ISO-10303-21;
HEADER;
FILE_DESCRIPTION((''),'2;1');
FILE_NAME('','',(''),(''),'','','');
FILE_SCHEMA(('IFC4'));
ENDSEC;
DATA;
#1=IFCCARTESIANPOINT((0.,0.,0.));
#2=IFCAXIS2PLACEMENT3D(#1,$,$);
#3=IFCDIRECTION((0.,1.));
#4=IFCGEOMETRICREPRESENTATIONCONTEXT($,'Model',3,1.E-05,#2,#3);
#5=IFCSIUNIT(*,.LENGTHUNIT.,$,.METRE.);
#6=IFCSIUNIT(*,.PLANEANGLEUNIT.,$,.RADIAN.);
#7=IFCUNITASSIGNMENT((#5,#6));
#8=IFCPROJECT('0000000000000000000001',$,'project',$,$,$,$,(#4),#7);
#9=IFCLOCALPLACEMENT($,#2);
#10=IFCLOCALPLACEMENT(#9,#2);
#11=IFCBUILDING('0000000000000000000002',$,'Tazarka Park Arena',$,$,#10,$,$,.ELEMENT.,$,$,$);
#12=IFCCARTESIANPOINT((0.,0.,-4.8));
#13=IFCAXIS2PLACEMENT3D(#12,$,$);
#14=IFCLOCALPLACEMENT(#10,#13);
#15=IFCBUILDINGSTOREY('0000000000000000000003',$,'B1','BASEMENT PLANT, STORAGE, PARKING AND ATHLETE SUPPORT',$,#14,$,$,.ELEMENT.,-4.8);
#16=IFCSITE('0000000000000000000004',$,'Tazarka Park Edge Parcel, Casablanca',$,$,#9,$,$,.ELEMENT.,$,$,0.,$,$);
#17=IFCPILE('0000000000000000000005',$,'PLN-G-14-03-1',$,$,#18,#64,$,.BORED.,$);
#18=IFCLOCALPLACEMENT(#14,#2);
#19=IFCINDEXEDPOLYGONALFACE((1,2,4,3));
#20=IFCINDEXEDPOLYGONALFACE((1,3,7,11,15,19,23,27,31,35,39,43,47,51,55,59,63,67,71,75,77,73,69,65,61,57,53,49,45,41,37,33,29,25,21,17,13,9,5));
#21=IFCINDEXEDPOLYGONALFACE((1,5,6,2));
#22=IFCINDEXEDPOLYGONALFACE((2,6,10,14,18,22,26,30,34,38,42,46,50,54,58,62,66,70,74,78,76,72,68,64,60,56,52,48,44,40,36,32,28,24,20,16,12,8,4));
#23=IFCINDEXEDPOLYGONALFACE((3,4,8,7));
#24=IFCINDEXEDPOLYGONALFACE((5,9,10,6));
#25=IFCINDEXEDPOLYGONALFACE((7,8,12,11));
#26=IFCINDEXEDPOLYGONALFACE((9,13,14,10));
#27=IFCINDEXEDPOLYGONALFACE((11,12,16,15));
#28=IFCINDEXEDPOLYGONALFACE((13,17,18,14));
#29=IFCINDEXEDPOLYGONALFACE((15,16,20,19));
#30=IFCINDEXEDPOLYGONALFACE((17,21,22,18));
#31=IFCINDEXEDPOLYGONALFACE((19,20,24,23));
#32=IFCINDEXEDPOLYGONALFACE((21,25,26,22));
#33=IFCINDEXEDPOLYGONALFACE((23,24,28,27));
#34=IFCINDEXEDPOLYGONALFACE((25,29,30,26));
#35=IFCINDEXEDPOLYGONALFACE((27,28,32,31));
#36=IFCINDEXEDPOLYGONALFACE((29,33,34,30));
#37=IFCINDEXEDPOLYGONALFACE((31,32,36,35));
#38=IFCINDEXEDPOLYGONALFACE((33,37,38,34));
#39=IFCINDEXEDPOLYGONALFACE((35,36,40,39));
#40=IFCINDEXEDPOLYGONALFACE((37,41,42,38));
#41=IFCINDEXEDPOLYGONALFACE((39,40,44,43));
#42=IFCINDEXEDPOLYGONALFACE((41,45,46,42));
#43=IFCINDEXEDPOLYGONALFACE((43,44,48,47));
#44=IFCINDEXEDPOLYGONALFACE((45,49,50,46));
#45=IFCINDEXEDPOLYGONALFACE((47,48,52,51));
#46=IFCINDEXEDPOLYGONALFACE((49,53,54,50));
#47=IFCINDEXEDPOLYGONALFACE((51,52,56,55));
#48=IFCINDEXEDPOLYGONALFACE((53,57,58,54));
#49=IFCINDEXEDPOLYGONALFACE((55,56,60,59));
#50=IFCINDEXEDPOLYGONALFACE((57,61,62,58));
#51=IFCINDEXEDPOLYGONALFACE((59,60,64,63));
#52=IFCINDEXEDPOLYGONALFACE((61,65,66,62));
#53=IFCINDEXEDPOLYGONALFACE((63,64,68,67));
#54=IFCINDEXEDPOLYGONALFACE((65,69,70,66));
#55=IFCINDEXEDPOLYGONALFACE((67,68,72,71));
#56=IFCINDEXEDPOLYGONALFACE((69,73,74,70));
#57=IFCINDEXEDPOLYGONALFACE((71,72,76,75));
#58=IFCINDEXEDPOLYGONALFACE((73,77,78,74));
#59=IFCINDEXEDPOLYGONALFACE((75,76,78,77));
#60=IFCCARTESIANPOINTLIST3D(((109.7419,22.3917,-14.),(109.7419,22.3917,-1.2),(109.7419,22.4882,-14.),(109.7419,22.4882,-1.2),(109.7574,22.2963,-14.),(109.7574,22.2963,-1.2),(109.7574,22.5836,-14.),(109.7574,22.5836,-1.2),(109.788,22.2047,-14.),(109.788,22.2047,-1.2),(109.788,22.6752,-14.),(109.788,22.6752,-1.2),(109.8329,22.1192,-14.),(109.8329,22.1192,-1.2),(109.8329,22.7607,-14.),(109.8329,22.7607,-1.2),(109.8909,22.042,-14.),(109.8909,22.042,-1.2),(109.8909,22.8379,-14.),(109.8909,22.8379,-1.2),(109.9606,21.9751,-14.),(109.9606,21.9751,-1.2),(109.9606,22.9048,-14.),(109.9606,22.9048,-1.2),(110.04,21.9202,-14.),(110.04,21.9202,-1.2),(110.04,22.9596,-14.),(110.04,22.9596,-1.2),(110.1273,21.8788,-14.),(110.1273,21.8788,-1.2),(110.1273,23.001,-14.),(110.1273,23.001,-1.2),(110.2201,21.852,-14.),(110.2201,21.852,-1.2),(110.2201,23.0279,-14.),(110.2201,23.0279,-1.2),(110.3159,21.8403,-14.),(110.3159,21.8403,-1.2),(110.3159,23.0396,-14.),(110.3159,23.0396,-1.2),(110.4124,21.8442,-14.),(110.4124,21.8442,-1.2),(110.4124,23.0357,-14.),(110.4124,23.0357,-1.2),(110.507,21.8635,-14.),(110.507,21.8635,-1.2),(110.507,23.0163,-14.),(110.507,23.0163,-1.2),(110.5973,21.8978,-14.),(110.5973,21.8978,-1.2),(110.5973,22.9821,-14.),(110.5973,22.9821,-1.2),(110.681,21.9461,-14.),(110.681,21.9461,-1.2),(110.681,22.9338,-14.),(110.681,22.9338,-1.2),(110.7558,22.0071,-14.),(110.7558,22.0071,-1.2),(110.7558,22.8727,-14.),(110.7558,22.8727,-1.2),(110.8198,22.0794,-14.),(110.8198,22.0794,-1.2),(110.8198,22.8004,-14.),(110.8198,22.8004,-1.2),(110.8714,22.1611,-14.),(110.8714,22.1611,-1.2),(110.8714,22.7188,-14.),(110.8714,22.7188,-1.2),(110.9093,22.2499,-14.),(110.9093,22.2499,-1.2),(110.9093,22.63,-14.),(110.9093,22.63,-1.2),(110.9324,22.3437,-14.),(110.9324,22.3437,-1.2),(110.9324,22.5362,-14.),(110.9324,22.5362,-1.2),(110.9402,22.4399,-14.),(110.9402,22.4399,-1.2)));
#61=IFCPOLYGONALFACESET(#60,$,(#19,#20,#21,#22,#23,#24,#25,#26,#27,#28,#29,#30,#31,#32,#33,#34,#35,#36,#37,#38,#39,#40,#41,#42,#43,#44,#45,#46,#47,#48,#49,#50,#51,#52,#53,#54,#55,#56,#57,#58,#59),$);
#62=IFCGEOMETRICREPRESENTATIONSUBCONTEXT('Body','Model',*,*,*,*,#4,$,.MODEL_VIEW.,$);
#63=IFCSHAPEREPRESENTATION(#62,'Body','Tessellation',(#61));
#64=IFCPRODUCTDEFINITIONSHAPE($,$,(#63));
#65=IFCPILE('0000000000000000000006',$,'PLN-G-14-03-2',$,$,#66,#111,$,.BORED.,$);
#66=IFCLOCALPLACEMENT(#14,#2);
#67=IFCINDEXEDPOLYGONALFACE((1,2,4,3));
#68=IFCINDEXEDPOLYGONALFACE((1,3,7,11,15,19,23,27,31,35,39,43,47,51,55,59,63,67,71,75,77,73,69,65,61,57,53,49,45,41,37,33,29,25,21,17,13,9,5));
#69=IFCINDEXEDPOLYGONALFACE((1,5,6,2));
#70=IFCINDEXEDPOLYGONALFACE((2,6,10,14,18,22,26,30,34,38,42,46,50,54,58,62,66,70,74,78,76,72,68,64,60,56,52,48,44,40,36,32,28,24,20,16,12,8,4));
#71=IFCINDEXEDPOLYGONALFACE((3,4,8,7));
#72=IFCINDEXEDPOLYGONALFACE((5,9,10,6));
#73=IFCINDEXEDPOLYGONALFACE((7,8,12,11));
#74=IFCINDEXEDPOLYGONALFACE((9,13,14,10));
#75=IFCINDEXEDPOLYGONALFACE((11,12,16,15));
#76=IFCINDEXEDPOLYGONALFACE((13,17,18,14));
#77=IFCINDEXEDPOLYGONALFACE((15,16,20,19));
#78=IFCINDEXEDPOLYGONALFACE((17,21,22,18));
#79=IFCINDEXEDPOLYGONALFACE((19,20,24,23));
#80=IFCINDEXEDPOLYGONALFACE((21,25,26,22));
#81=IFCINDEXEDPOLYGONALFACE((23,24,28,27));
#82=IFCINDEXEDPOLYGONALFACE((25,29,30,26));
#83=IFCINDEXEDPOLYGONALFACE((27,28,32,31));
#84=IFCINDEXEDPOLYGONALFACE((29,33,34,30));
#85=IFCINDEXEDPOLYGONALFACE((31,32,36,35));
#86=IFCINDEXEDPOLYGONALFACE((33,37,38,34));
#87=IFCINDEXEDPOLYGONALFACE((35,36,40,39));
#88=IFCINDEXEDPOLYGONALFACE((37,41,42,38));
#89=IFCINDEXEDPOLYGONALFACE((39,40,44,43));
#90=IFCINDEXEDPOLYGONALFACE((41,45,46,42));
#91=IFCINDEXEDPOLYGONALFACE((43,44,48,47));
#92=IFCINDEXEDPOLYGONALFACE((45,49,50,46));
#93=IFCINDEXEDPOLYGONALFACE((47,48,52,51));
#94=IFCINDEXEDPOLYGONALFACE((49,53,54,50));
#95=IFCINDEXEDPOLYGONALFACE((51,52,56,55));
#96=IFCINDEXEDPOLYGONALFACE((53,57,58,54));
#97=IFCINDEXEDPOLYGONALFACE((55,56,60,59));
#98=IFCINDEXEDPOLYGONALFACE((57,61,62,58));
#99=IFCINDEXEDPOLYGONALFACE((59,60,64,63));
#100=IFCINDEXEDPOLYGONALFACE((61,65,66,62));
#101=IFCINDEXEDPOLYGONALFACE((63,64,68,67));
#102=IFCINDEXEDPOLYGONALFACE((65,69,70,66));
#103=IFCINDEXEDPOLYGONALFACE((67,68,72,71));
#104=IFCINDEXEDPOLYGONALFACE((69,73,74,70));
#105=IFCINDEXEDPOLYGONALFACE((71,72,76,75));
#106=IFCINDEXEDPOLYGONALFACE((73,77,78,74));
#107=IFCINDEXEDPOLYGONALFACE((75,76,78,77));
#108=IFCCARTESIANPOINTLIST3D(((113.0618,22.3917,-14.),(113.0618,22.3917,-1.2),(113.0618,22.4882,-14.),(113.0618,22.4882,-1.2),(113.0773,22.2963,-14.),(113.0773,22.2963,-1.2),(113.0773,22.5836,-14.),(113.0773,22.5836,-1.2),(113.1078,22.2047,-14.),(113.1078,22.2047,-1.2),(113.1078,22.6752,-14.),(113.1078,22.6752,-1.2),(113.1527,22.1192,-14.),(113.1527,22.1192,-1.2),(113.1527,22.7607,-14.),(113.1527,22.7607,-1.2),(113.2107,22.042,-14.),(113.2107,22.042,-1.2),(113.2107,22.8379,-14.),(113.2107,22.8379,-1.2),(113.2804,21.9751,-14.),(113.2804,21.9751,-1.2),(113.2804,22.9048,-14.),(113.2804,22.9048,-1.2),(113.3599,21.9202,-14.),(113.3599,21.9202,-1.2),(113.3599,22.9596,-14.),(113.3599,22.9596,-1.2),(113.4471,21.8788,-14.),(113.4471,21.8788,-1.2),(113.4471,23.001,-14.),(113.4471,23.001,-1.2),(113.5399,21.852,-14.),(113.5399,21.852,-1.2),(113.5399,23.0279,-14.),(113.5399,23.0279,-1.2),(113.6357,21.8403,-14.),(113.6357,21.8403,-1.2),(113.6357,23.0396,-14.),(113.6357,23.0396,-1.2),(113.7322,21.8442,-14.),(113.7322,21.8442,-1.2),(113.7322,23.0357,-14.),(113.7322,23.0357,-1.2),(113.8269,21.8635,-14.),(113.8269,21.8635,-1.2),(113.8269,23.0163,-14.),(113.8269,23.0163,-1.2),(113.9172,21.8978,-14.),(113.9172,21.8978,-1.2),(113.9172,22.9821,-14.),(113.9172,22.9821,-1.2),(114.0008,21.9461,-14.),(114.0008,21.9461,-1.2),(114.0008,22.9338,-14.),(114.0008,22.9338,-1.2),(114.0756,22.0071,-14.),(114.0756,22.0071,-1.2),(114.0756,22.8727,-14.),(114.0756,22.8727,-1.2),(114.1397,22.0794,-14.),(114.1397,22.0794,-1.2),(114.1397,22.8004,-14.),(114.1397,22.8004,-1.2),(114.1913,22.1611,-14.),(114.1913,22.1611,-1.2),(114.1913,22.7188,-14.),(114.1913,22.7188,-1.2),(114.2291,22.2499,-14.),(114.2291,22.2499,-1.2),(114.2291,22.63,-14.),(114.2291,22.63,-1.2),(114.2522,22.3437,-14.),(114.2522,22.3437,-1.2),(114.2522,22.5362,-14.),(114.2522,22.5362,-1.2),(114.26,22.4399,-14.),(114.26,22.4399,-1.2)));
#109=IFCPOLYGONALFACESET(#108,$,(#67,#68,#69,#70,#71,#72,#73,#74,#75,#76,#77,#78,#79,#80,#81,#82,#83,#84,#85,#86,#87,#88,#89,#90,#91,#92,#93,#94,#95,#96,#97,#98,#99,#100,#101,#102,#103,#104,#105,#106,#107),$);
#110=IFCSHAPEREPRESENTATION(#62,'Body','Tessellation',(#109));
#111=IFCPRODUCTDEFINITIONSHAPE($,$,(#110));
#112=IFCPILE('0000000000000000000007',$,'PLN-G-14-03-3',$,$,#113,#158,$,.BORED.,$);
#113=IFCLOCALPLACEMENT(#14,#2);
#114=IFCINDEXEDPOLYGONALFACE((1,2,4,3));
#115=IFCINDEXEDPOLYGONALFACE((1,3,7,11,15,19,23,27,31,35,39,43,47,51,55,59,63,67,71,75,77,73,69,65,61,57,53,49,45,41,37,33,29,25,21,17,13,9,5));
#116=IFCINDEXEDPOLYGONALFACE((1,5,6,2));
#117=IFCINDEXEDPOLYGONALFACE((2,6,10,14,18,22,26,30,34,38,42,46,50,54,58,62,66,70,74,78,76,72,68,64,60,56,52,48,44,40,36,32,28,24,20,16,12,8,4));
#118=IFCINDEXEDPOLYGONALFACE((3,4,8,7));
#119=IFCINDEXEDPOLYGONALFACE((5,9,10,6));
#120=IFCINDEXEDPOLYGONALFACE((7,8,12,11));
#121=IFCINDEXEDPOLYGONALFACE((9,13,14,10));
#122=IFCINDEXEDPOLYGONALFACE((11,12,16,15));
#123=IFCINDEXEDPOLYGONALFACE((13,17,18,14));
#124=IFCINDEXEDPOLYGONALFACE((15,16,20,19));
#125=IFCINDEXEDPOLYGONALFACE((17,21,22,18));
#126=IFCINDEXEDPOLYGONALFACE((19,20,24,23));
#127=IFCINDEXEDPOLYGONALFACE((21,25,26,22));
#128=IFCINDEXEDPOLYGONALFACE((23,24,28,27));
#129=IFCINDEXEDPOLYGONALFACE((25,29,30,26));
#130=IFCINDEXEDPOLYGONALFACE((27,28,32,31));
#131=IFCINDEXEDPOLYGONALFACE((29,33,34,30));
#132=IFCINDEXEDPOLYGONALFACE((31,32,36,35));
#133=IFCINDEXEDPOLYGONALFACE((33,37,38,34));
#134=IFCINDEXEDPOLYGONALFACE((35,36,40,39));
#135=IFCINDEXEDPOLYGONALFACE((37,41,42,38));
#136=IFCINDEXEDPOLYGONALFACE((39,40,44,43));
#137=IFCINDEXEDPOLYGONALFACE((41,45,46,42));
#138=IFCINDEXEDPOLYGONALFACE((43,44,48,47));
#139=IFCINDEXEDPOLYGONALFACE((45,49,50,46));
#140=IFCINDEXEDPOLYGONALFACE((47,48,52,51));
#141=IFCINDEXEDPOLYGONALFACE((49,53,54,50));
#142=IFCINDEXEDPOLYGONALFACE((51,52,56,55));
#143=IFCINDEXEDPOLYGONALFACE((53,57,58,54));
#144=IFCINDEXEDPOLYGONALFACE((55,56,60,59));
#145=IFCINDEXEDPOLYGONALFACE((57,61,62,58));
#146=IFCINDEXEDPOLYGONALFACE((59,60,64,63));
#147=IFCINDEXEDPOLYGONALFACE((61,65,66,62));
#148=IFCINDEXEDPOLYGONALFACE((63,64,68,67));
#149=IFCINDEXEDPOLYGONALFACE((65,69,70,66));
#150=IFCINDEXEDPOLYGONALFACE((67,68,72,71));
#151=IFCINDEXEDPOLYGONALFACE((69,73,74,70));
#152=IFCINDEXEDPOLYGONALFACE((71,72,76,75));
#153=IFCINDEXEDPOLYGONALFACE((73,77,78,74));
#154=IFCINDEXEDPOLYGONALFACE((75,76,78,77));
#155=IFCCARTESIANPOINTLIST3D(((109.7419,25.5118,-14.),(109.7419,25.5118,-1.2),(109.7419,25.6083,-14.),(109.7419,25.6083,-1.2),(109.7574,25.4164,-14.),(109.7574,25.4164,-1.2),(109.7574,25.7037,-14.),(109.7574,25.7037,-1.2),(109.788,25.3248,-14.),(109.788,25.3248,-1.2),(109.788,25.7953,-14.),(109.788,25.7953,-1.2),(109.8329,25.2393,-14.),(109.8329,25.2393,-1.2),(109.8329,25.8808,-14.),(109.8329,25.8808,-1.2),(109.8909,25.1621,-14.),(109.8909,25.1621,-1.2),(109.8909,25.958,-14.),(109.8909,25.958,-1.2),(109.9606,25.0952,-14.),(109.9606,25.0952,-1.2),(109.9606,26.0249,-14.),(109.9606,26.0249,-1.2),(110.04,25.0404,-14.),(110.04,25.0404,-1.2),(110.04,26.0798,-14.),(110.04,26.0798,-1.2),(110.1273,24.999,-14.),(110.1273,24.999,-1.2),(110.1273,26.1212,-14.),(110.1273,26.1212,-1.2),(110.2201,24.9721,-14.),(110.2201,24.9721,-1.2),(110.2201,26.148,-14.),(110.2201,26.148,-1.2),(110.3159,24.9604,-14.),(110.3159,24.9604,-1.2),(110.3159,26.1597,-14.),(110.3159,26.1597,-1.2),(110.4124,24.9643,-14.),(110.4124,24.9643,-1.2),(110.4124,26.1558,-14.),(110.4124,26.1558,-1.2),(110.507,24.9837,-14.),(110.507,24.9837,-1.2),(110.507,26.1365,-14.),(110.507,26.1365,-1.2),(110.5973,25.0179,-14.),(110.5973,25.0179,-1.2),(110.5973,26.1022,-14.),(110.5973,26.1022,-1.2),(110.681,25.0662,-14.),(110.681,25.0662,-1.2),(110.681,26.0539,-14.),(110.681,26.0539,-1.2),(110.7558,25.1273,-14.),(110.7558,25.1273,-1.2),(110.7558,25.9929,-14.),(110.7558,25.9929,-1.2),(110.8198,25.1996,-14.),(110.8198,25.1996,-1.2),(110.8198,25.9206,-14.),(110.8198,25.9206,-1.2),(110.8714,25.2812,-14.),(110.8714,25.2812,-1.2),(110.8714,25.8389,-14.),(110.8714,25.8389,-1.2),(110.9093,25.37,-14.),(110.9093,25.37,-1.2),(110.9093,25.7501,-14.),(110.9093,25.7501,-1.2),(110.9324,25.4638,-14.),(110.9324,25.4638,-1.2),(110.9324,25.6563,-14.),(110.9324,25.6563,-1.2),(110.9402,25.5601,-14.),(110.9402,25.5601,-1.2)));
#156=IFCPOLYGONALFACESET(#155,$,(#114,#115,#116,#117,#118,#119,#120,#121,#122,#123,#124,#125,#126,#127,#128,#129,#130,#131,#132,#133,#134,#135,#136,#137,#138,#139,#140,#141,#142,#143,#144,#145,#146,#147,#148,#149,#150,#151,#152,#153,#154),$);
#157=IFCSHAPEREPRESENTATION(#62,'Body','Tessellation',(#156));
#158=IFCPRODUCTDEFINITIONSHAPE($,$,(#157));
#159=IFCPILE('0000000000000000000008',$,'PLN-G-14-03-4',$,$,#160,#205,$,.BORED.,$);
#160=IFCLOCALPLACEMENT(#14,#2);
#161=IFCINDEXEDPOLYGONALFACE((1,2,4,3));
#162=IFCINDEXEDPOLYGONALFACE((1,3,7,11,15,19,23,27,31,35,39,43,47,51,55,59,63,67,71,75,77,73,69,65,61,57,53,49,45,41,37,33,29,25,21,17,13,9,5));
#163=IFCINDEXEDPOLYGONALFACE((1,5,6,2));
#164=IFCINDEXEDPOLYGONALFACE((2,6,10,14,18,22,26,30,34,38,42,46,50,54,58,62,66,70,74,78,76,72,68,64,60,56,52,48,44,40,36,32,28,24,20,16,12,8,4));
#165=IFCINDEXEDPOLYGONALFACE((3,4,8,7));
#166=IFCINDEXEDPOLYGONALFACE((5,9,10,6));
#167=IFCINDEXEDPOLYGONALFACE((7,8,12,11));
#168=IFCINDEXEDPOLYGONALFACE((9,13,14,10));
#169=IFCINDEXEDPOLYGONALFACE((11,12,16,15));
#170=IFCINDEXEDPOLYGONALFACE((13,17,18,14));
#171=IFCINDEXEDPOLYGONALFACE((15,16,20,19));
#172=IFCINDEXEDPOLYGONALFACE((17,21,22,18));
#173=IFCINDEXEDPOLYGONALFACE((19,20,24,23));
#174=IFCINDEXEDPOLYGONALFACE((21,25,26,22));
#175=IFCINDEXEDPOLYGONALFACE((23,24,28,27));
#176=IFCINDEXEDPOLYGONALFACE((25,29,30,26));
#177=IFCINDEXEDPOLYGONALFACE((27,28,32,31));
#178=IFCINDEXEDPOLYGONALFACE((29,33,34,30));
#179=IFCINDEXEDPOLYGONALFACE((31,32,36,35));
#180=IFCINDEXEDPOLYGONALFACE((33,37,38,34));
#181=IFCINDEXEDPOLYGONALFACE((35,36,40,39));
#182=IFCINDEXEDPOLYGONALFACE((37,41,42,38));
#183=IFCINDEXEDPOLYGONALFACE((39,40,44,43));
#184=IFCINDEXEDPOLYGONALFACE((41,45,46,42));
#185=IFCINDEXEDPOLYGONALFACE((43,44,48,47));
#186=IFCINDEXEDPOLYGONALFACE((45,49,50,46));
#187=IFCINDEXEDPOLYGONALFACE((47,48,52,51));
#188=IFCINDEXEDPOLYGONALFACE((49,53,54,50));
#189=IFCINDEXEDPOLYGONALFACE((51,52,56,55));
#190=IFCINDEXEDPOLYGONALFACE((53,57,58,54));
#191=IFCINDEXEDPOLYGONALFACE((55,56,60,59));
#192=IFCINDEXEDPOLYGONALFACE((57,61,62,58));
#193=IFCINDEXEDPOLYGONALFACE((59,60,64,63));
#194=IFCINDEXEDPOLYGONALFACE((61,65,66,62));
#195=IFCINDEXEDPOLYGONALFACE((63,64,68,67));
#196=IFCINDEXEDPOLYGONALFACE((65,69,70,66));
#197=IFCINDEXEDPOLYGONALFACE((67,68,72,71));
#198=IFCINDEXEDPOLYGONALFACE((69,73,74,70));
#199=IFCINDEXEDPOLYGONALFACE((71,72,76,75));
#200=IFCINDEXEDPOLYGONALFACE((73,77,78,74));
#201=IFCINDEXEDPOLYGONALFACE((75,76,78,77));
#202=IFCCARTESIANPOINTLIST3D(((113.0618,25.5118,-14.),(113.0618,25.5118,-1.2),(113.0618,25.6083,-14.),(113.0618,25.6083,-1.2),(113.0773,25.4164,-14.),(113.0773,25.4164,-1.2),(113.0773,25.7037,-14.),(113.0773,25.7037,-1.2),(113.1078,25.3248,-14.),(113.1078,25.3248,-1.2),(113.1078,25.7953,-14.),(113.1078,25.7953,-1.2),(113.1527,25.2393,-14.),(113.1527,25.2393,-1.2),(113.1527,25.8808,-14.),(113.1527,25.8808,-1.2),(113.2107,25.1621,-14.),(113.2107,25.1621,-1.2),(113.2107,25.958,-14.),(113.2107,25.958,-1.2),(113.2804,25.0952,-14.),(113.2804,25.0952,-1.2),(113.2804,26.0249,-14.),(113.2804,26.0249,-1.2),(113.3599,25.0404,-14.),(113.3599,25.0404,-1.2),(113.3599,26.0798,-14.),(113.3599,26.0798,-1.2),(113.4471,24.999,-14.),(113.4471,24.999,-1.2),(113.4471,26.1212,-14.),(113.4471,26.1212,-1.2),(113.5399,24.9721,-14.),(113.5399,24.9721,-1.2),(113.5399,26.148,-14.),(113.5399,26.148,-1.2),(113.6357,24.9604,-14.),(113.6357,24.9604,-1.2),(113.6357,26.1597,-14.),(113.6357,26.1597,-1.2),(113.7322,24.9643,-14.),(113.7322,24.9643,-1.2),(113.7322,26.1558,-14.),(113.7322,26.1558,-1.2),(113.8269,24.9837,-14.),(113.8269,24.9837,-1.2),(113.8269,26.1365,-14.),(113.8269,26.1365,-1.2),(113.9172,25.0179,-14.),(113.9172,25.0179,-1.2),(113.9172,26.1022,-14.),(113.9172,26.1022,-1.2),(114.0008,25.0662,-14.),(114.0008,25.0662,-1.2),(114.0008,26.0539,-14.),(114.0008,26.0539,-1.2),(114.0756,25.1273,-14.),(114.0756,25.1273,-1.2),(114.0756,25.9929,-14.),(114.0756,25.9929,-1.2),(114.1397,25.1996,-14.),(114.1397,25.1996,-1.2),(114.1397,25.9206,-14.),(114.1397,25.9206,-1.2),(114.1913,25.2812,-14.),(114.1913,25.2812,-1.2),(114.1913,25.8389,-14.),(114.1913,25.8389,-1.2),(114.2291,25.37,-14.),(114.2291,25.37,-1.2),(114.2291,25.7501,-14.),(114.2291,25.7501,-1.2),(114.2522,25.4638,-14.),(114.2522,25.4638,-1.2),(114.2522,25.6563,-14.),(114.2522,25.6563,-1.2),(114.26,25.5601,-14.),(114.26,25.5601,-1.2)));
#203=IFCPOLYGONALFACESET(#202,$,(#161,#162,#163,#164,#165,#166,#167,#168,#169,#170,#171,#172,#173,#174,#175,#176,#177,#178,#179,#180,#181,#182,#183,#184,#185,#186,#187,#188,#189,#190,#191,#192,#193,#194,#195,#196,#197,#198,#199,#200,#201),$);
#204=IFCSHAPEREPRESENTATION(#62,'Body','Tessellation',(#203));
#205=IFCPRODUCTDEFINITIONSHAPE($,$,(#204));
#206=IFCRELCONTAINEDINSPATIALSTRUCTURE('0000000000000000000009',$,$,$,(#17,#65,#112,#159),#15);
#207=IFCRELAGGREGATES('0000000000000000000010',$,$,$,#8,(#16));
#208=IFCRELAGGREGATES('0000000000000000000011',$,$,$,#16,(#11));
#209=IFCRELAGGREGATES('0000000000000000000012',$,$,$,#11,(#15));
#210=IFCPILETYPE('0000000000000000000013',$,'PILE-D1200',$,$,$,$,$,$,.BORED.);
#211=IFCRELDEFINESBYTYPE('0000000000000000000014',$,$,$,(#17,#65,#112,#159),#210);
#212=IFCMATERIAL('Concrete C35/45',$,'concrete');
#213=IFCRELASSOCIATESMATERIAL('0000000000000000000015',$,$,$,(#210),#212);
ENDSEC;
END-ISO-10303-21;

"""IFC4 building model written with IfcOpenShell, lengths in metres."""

from ifc_helpers import new_model, si_unit, direction, frame, origin, origin_2d, place, context, subcontext, project, spatial, circle, extrude, material, material_profile, profile_set, type_object, element, save


model = new_model("IFC4")

# Units and contexts
model_context = context("Model", 3, precision=1e-05, world=origin(), true_north=direction((0.0, 1.0)))
body_context = subcontext(model_context, "Body", "Model", "MODEL_VIEW")
ifc_project = project(units=[si_unit("LENGTHUNIT", "METRE"), si_unit("PLANEANGLEUNIT", "RADIAN")], contexts=[model_context])

# Site, building, storey
site_placement = place(None, origin())
site = spatial("IfcSite", under=ifc_project, at=site_placement, Name="Tazarka Park Edge Parcel, Casablanca", CompositionType="ELEMENT", RefElevation=0.0)
building_placement = place(site_placement, origin())
building = spatial("IfcBuilding", under=site, at=building_placement, Name="Tazarka Park Arena", CompositionType="ELEMENT")
storey_placement = place(building_placement, frame((0.0, 0.0, -4.8)))
storey = spatial("IfcBuildingStorey", under=building, at=storey_placement, Name="B1", Description="BASEMENT PLANT, STORAGE, PARKING AND ATHLETE SUPPORT", CompositionType="ELEMENT", Elevation=-4.8)

# Piles
ifc_material_1 = material(Name="Concrete C35/45", Category="concrete")
ifc_material_profile_1 = material_profile(ifc_material_1, circle(Radius=0.6001, at=origin_2d()), Name="Concrete C35/45")
ifc_profile_set_1 = profile_set([ifc_material_profile_1], Name="Concrete C35/45")
pile_type_1 = type_object("IfcPileType", Name="PILE-D1200", PredefinedType="BORED", material=ifc_profile_set_1)
for number, where, z_axis, x_axis, name in (
    (1, (110.3401, 22.4399, -1.2), (0.0, 0.0, -1.0), (1.0, 0.0, 0.0), "PLN-G-14-03-1"),
    (2, (113.6599, 22.4399, -1.2), (0.0, 0.0, -1.0), (1.0, 0.0, 0.0), "PLN-G-14-03-2"),
    (3, (110.3401, 25.5601, -1.2), (0.0, 0.0, -1.0), (1.0, 0.0, 0.0), "PLN-G-14-03-3"),
    (4, (113.6599, 25.5601, -1.2), (0.0, 0.0, -1.0), (1.0, 0.0, 0.0), "PLN-G-14-03-4"),
):
    element("IfcPile", number, at=place(storey_placement, frame(where, z_axis=z_axis, x_axis=x_axis)), inside=storey, type_object=pile_type_1, Name=name, PredefinedType="BORED", context=body_context, shape_type="SweptSolid", body=[
        extrude(circle(Radius=0.6001, at=origin_2d()), origin(), (0.0, 0.0, 1.0), 12.8),
    ])

save(model, "model.ifc")
